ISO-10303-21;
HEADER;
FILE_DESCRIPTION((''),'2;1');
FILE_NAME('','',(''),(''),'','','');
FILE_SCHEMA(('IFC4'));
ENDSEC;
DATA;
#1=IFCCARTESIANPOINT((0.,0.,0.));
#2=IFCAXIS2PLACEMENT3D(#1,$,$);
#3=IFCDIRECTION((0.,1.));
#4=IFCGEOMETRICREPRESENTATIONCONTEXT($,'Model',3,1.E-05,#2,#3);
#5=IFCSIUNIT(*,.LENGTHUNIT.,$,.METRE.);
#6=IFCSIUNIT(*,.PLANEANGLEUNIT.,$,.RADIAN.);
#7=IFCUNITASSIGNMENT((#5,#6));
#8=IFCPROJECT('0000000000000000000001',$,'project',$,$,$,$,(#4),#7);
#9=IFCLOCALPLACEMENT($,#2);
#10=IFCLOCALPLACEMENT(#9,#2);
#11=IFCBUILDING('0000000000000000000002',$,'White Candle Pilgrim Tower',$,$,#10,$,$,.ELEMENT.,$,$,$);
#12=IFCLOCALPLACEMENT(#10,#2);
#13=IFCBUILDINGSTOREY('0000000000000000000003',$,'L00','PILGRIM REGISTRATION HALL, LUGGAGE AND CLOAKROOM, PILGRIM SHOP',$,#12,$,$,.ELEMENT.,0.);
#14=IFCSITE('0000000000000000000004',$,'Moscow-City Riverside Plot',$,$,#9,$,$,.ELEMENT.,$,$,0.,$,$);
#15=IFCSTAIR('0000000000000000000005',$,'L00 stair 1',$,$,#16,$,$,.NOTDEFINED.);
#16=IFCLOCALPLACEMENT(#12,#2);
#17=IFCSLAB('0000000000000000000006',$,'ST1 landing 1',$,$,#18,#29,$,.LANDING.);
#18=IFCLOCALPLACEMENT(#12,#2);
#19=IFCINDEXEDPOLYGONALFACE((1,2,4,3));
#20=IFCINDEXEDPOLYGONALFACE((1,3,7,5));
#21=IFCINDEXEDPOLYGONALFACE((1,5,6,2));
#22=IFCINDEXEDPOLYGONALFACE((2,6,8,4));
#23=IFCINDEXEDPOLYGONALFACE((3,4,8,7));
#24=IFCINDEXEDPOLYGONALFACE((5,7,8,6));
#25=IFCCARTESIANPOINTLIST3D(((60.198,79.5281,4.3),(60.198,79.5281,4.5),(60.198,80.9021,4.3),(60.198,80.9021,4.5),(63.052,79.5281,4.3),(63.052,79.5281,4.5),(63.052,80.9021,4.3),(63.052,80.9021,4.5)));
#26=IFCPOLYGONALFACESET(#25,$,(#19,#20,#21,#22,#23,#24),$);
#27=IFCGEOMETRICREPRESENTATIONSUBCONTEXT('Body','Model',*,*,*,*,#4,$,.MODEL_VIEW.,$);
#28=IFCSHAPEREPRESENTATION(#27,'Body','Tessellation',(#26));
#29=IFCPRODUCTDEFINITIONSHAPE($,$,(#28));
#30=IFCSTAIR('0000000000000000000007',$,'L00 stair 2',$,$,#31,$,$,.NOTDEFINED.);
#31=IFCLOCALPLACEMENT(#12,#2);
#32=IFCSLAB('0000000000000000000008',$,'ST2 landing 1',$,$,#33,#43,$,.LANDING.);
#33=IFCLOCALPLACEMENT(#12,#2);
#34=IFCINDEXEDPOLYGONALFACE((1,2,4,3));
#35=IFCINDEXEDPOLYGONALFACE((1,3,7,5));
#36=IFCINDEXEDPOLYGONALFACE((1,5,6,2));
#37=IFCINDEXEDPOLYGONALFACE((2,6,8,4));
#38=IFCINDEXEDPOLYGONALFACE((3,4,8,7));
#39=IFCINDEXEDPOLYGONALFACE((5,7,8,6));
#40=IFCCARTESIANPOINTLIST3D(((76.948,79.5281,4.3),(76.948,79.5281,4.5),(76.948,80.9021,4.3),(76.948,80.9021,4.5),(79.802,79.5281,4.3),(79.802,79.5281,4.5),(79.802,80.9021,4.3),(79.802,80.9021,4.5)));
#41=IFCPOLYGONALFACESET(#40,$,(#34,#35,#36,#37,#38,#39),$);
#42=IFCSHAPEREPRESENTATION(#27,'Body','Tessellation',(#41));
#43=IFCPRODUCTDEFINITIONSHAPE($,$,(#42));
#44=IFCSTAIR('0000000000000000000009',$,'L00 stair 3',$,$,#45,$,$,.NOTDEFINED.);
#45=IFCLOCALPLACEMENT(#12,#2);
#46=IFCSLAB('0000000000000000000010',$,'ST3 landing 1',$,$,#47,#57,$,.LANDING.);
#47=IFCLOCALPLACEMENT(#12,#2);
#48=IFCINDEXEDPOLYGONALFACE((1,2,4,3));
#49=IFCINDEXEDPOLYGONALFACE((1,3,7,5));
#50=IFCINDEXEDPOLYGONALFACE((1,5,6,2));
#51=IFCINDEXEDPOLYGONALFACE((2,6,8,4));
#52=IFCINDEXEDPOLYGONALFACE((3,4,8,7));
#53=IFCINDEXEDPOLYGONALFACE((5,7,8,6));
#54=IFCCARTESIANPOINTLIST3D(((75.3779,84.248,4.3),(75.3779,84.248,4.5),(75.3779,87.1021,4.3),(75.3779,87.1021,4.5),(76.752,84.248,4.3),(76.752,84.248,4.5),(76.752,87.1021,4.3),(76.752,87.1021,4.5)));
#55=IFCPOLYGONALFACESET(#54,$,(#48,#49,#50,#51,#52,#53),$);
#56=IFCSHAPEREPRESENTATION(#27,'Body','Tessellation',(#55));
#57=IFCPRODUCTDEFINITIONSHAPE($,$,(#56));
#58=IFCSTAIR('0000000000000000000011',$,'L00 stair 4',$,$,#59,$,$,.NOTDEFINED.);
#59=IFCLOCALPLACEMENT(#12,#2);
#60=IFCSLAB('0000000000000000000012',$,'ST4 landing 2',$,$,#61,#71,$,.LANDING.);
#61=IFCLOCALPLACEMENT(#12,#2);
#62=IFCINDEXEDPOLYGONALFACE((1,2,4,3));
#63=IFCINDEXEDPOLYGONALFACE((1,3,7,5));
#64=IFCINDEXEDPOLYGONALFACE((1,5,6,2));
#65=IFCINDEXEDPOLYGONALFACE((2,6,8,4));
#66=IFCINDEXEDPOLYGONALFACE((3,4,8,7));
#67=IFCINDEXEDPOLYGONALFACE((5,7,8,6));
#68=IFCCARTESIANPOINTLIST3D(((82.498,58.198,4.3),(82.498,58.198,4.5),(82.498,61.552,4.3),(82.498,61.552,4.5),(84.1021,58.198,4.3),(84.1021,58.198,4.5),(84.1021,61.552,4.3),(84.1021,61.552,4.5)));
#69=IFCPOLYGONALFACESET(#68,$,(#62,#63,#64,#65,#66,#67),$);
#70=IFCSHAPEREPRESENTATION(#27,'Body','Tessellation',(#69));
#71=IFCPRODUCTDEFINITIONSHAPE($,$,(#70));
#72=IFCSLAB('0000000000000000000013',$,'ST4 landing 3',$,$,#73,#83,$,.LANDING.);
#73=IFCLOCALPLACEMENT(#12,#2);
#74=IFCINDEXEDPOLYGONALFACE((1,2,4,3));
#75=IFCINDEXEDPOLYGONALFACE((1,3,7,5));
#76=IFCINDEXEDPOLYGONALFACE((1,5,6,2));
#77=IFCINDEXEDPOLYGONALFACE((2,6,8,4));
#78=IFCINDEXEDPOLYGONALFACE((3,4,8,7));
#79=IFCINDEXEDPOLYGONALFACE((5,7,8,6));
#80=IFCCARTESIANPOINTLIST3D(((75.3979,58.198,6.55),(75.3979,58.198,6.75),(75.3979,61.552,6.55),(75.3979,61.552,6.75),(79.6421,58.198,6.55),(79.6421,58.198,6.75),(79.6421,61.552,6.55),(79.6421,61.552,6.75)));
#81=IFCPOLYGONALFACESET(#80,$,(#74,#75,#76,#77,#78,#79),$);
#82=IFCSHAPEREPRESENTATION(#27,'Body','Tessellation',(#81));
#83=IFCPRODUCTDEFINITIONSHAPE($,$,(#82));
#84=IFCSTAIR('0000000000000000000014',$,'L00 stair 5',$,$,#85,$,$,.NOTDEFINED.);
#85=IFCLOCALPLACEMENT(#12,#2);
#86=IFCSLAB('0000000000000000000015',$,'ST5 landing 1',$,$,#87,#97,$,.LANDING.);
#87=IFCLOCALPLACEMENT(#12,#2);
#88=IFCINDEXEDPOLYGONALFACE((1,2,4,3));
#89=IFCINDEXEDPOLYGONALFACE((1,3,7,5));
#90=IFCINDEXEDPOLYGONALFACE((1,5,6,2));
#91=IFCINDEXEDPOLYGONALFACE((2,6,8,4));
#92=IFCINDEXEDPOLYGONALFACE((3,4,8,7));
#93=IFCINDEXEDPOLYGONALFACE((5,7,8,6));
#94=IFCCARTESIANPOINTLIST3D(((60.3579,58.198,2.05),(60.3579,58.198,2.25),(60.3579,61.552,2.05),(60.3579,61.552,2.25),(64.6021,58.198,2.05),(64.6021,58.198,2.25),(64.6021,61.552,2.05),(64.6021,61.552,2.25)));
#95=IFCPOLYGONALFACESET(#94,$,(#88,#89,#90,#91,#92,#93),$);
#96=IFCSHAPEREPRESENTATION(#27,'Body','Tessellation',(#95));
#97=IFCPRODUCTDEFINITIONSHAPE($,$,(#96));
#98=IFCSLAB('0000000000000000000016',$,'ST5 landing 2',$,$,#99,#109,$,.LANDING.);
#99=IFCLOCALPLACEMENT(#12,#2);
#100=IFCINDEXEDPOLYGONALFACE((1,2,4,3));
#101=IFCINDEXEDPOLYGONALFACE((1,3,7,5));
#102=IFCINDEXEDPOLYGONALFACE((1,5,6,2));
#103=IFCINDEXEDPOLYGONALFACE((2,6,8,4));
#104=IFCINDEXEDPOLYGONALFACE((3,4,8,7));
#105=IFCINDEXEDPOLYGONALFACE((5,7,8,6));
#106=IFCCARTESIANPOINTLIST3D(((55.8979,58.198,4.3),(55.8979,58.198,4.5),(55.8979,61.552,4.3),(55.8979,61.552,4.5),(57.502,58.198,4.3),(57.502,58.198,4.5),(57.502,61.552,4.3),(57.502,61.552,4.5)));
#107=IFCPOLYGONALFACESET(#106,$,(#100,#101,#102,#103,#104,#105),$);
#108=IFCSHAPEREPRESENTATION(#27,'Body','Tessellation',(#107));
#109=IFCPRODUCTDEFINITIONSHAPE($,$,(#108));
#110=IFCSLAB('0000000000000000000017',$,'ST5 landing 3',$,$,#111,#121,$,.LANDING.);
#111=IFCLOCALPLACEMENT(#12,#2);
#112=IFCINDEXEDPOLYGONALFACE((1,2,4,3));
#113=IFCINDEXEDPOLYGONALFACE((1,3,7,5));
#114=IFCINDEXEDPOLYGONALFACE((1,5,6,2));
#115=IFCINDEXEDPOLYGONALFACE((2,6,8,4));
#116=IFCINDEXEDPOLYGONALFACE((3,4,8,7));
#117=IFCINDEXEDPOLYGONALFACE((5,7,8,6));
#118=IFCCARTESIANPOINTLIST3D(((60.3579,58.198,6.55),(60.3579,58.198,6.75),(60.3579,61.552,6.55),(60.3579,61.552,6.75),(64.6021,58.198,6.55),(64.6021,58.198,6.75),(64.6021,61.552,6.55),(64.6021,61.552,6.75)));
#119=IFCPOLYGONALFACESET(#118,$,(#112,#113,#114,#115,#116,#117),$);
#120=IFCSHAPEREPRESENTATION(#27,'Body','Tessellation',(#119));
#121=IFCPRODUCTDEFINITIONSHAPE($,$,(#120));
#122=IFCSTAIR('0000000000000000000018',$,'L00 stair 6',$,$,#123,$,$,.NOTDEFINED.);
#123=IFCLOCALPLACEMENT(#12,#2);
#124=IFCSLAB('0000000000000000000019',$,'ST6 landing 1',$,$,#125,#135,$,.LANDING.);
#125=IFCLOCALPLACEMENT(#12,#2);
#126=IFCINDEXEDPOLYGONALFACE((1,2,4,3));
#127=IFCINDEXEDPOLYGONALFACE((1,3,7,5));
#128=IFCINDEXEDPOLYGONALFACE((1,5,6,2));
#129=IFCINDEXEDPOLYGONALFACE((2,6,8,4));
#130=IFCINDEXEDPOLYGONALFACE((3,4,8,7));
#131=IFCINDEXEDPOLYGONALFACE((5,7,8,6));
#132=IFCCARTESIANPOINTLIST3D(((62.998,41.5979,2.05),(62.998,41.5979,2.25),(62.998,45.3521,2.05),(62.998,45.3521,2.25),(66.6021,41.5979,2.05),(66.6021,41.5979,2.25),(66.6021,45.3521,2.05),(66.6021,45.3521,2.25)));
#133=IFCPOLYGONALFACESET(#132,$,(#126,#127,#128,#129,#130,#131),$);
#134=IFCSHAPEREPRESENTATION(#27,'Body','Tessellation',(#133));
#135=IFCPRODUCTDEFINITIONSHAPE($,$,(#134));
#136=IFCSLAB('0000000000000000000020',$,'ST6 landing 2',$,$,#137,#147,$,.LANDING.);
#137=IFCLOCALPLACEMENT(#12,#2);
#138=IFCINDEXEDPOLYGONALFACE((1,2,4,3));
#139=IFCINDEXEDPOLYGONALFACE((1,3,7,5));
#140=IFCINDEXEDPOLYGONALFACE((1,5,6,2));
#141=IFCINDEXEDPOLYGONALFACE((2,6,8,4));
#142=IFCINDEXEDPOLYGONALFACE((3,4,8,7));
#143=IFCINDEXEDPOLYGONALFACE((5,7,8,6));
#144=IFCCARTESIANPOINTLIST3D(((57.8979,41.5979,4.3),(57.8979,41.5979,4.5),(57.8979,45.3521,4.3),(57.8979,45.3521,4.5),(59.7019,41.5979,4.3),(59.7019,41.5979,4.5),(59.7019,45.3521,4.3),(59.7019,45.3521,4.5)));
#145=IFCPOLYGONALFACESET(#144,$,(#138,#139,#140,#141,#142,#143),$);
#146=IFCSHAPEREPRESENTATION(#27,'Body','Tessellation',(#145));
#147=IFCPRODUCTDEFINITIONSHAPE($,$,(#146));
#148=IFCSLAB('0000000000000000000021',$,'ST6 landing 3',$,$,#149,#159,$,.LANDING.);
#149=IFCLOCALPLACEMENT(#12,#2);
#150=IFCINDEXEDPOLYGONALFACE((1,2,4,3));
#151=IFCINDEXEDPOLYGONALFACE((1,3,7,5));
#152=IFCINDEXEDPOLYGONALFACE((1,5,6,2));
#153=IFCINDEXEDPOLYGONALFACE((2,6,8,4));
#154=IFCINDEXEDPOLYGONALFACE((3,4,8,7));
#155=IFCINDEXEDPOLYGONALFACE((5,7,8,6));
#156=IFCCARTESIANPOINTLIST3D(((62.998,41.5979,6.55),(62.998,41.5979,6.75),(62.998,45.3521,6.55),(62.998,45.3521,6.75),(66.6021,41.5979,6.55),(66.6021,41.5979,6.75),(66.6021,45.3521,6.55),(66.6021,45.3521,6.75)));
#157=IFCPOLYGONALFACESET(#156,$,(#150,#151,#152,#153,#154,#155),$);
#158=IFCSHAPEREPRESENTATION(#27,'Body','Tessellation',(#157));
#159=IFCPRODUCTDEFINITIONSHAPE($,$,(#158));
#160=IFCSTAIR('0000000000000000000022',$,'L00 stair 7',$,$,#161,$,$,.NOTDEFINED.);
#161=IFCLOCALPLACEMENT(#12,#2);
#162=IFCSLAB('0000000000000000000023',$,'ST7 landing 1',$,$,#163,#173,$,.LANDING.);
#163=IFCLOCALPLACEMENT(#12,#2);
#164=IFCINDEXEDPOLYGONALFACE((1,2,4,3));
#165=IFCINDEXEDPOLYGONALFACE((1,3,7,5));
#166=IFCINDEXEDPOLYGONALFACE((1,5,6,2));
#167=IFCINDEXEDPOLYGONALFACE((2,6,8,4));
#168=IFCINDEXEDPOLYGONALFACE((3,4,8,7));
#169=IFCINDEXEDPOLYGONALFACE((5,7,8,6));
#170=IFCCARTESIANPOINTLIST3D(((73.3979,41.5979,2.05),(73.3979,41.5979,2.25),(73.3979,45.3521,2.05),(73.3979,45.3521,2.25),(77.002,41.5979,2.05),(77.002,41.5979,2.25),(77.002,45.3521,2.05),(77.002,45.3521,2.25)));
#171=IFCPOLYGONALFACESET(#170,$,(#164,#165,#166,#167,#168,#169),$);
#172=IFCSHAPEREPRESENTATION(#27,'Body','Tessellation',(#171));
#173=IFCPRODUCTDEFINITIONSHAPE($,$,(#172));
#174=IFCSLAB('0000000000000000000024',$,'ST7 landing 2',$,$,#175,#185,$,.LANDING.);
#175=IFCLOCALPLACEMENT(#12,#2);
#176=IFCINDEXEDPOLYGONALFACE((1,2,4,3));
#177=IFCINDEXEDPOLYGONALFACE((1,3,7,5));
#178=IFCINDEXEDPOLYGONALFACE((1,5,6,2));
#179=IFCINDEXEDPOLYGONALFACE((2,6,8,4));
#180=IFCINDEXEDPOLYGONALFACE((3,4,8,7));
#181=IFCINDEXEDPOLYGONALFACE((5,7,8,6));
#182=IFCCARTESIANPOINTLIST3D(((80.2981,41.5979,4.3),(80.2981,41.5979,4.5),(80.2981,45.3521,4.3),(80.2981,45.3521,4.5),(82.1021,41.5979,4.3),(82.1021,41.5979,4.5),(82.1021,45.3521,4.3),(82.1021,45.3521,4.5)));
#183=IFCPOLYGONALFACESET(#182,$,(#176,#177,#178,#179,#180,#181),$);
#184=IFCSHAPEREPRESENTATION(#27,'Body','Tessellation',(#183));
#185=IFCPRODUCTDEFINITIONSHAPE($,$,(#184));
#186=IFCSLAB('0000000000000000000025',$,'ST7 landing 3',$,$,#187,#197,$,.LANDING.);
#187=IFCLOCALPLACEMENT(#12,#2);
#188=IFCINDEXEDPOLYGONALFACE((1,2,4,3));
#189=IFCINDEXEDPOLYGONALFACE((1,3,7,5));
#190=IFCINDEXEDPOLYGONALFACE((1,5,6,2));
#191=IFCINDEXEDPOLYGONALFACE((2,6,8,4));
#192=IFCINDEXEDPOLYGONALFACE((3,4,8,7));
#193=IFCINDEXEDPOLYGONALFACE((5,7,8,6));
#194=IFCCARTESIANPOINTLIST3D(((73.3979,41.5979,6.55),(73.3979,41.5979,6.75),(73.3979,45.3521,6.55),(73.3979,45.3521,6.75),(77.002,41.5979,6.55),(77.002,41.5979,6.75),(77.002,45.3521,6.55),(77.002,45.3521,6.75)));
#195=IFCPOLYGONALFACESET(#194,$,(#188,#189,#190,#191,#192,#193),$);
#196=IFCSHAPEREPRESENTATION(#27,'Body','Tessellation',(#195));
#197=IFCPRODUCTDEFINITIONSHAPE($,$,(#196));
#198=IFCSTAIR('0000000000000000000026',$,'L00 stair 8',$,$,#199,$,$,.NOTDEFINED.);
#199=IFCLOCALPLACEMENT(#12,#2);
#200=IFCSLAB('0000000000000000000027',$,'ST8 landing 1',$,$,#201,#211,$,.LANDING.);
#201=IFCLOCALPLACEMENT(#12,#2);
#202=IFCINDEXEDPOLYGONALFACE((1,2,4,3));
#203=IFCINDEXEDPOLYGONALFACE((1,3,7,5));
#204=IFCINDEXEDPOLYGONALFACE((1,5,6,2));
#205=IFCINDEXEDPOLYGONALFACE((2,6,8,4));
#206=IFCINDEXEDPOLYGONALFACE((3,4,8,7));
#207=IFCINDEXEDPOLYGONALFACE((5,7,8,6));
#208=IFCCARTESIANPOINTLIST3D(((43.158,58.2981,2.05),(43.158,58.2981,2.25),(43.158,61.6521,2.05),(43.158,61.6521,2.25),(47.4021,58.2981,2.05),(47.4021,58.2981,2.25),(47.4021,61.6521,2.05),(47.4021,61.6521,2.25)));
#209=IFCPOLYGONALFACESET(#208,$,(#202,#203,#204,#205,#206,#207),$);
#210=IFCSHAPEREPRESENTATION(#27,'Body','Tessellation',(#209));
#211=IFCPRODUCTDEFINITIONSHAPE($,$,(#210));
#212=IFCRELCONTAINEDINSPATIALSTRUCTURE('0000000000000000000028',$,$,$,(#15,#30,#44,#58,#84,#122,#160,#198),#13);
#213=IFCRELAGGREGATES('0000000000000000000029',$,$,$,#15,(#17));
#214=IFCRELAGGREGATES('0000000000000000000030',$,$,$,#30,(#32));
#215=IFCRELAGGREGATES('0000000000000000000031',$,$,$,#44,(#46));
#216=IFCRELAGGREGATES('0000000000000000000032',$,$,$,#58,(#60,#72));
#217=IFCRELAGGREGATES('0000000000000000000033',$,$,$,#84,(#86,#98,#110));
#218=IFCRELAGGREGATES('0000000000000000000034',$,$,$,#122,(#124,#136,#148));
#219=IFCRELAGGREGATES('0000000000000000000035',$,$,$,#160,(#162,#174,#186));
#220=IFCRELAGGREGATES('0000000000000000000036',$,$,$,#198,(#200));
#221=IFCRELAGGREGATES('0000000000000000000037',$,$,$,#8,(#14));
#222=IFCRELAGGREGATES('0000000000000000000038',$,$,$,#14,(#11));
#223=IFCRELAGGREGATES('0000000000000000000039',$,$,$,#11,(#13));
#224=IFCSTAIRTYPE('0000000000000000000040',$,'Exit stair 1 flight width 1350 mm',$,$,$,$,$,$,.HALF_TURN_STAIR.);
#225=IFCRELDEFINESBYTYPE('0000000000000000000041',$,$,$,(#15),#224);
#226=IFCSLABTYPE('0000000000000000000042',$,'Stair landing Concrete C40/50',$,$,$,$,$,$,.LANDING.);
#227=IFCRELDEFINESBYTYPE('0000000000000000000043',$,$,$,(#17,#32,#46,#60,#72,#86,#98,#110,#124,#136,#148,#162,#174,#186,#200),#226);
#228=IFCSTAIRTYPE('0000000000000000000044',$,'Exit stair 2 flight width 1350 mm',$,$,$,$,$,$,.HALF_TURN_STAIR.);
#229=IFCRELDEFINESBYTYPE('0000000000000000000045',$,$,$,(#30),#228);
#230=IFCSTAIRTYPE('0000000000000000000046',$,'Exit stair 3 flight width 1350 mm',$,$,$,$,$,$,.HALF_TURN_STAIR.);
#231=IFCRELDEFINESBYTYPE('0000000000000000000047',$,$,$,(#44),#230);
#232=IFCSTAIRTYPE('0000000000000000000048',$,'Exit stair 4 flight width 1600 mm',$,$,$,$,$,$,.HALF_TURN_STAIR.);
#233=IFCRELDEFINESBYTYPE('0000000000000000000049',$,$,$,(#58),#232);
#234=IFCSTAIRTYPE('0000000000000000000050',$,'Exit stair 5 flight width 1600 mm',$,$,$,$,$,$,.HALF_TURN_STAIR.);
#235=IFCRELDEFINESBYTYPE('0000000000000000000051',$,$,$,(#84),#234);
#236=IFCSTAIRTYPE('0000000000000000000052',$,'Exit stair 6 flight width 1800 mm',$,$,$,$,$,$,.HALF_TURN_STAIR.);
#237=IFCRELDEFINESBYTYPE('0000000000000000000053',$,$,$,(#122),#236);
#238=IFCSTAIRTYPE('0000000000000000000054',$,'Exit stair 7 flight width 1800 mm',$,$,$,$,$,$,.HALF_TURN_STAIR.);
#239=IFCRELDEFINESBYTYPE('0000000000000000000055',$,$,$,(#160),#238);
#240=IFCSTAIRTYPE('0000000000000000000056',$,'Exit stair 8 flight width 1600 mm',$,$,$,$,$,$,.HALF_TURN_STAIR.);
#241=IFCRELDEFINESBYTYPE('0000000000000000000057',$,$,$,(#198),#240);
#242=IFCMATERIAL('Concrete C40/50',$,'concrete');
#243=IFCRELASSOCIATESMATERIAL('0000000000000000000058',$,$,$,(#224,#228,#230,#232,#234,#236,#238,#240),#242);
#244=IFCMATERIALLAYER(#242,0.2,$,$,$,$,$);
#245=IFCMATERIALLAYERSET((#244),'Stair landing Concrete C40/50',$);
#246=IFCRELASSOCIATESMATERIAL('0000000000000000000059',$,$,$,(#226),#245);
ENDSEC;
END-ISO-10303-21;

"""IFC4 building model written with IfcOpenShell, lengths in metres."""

from ifc_helpers import new_model, si_unit, direction, frame, origin, place, context, subcontext, project, spatial, polyline, outline, extrude, material, layer, layer_set, type_object, element, aggregate, save


model = new_model("IFC4")

# Units and contexts
model_context = context("Model", 3, precision=1e-05, world=origin(), true_north=direction((0.0, 1.0)))
body_context = subcontext(model_context, "Body", "Model", "MODEL_VIEW")
ifc_project = project(units=[si_unit("LENGTHUNIT", "METRE"), si_unit("PLANEANGLEUNIT", "RADIAN")], contexts=[model_context])

# Site, building, storey
site_placement = place(None, origin())
site = spatial("IfcSite", under=ifc_project, at=site_placement, Name="Moscow-City Riverside Plot", CompositionType="ELEMENT", RefElevation=0.0)
building_placement = place(site_placement, origin())
building = spatial("IfcBuilding", under=site, at=building_placement, Name="White Candle Pilgrim Tower", CompositionType="ELEMENT")
storey_placement = place(building_placement, origin())
storey = spatial("IfcBuildingStorey", under=building, at=storey_placement, Name="L00", Description="PILGRIM REGISTRATION HALL, LUGGAGE AND CLOAKROOM, PILGRIM SHOP", CompositionType="ELEMENT", Elevation=0.0)

# Stairs, slabs
ifc_material = material(Name="Concrete C40/50", Category="concrete")
stair_type_1 = type_object("IfcStairType", Name="Exit stair 1 flight width 1350 mm", PredefinedType="HALF_TURN_STAIR", material=ifc_material)
stair_1_placement = place(storey_placement, origin())
stair_1 = element("IfcStair", 1, at=stair_1_placement, inside=storey, type_object=stair_type_1, Name="L00 stair 1", PredefinedType="NOTDEFINED")
ifc_layer = layer(ifc_material, 0.2)
ifc_layer_set = layer_set([ifc_layer], Name="Stair landing Concrete C40/50")
slab_type = type_object("IfcSlabType", Name="Stair landing Concrete C40/50", PredefinedType="LANDING", material=ifc_layer_set)
slab_1_placement = place(storey_placement, frame((0.0, 0.0, 4.3)))
slab_1 = element("IfcSlab", 2, at=slab_1_placement, type_object=slab_type, Name="ST1 landing 1", PredefinedType="LANDING", context=body_context, shape_type="SweptSolid", body=[
    extrude(outline(polyline([(63.052, 79.5281), (60.198, 79.5281), (60.198, 80.9021), (63.052, 80.9021), (63.052, 79.5281)])), origin(), (0.0, 0.0, 1.0), 0.2),
])
aggregate(stair_1, [slab_1])
stair_type_2 = type_object("IfcStairType", Name="Exit stair 2 flight width 1350 mm", PredefinedType="HALF_TURN_STAIR", material=ifc_material)
stair_2_placement = place(storey_placement, origin())
stair_2 = element("IfcStair", 3, at=stair_2_placement, inside=storey, type_object=stair_type_2, Name="L00 stair 2", PredefinedType="NOTDEFINED")
slab_2_placement = place(storey_placement, frame((0.0, 0.0, 4.3)))
slab_2 = element("IfcSlab", 4, at=slab_2_placement, type_object=slab_type, Name="ST2 landing 1", PredefinedType="LANDING", context=body_context, shape_type="SweptSolid", body=[
    extrude(outline(polyline([(79.802, 79.5281), (76.948, 79.5281), (76.948, 80.9021), (79.802, 80.9021), (79.802, 79.5281)])), origin(), (0.0, 0.0, 1.0), 0.2),
])
aggregate(stair_2, [slab_2])
stair_type_3 = type_object("IfcStairType", Name="Exit stair 3 flight width 1350 mm", PredefinedType="HALF_TURN_STAIR", material=ifc_material)
stair_3_placement = place(storey_placement, origin())
stair_3 = element("IfcStair", 5, at=stair_3_placement, inside=storey, type_object=stair_type_3, Name="L00 stair 3", PredefinedType="NOTDEFINED")
slab_3_placement = place(storey_placement, frame((0.0, 0.0, 4.3)))
slab_3 = element("IfcSlab", 6, at=slab_3_placement, type_object=slab_type, Name="ST3 landing 1", PredefinedType="LANDING", context=body_context, shape_type="SweptSolid", body=[
    extrude(outline(polyline([(75.3779, 84.248), (75.3779, 87.1021), (76.752, 87.1021), (76.752, 84.248), (75.3779, 84.248)])), origin(), (0.0, 0.0, 1.0), 0.2),
])
aggregate(stair_3, [slab_3])

# Stairs, slabs
stair_type_4 = type_object("IfcStairType", Name="Exit stair 4 flight width 1600 mm", PredefinedType="HALF_TURN_STAIR", material=ifc_material)
stair_4_placement = place(storey_placement, origin())
stair_4 = element("IfcStair", 7, at=stair_4_placement, inside=storey, type_object=stair_type_4, Name="L00 stair 4", PredefinedType="NOTDEFINED")
slab_4_placement = place(storey_placement, frame((0.0, 0.0, 4.3)))
slab_4 = element("IfcSlab", 8, at=slab_4_placement, type_object=slab_type, Name="ST4 landing 2", PredefinedType="LANDING", context=body_context, shape_type="SweptSolid", body=[
    extrude(outline(polyline([(84.1021, 61.552), (84.1021, 58.198), (82.498, 58.198), (82.498, 61.552), (84.1021, 61.552)])), origin(), (0.0, 0.0, 1.0), 0.2),
])
slab_5_placement = place(storey_placement, frame((0.0, 0.0, 6.55)))
slab_5 = element("IfcSlab", 9, at=slab_5_placement, type_object=slab_type, Name="ST4 landing 3", PredefinedType="LANDING", context=body_context, shape_type="SweptSolid", body=[
    extrude(outline(polyline([(79.6421, 61.552), (79.6421, 58.198), (75.3979, 58.198), (75.3979, 61.552), (79.6421, 61.552)])), origin(), (0.0, 0.0, 1.0), 0.2),
])
aggregate(stair_4, [slab_4, slab_5])
stair_type_5 = type_object("IfcStairType", Name="Exit stair 5 flight width 1600 mm", PredefinedType="HALF_TURN_STAIR", material=ifc_material)
stair_5_placement = place(storey_placement, origin())
stair_5 = element("IfcStair", 10, at=stair_5_placement, inside=storey, type_object=stair_type_5, Name="L00 stair 5", PredefinedType="NOTDEFINED")
slab_6_placement = place(storey_placement, frame((0.0, 0.0, 2.05)))
slab_6 = element("IfcSlab", 11, at=slab_6_placement, type_object=slab_type, Name="ST5 landing 1", PredefinedType="LANDING", context=body_context, shape_type="SweptSolid", body=[
    extrude(outline(polyline([(60.3579, 58.198), (60.3579, 61.552), (64.6021, 61.552), (64.6021, 58.198), (60.3579, 58.198)])), origin(), (0.0, 0.0, 1.0), 0.2),
])
slab_7_placement = place(storey_placement, frame((0.0, 0.0, 4.3)))
slab_7 = element("IfcSlab", 12, at=slab_7_placement, type_object=slab_type, Name="ST5 landing 2", PredefinedType="LANDING", context=body_context, shape_type="SweptSolid", body=[
    extrude(outline(polyline([(55.8979, 58.198), (55.8979, 61.552), (57.502, 61.552), (57.502, 58.198), (55.8979, 58.198)])), origin(), (0.0, 0.0, 1.0), 0.2),
])
slab_8_placement = place(storey_placement, frame((0.0, 0.0, 6.55)))
slab_8 = element("IfcSlab", 13, at=slab_8_placement, type_object=slab_type, Name="ST5 landing 3", PredefinedType="LANDING", context=body_context, shape_type="SweptSolid", body=[
    extrude(outline(polyline([(60.3579, 58.198), (60.3579, 61.552), (64.6021, 61.552), (64.6021, 58.198), (60.3579, 58.198)])), origin(), (0.0, 0.0, 1.0), 0.2),
])
aggregate(stair_5, [slab_6, slab_7, slab_8])
stair_type_6 = type_object("IfcStairType", Name="Exit stair 6 flight width 1800 mm", PredefinedType="HALF_TURN_STAIR", material=ifc_material)
stair_6_placement = place(storey_placement, origin())
stair_6 = element("IfcStair", 14, at=stair_6_placement, inside=storey, type_object=stair_type_6, Name="L00 stair 6", PredefinedType="NOTDEFINED")
slab_9_placement = place(storey_placement, frame((0.0, 0.0, 2.05)))
slab_9 = element("IfcSlab", 15, at=slab_9_placement, type_object=slab_type, Name="ST6 landing 1", PredefinedType="LANDING", context=body_context, shape_type="SweptSolid", body=[
    extrude(outline(polyline([(62.998, 41.5979), (62.998, 45.3521), (66.6021, 45.3521), (66.6021, 41.5979), (62.998, 41.5979)])), origin(), (0.0, 0.0, 1.0), 0.2),
])
slab_10_placement = place(storey_placement, frame((0.0, 0.0, 4.3)))
slab_10 = element("IfcSlab", 16, at=slab_10_placement, type_object=slab_type, Name="ST6 landing 2", PredefinedType="LANDING", context=body_context, shape_type="SweptSolid", body=[
    extrude(outline(polyline([(57.8979, 41.5979), (57.8979, 45.3521), (59.7019, 45.3521), (59.7019, 41.5979), (57.8979, 41.5979)])), origin(), (0.0, 0.0, 1.0), 0.2),
])
slab_11_placement = place(storey_placement, frame((0.0, 0.0, 6.55)))
slab_11 = element("IfcSlab", 17, at=slab_11_placement, type_object=slab_type, Name="ST6 landing 3", PredefinedType="LANDING", context=body_context, shape_type="SweptSolid", body=[
    extrude(outline(polyline([(62.998, 41.5979), (62.998, 45.3521), (66.6021, 45.3521), (66.6021, 41.5979), (62.998, 41.5979)])), origin(), (0.0, 0.0, 1.0), 0.2),
])
aggregate(stair_6, [slab_9, slab_10, slab_11])
stair_type_7 = type_object("IfcStairType", Name="Exit stair 7 flight width 1800 mm", PredefinedType="HALF_TURN_STAIR", material=ifc_material)
stair_7_placement = place(storey_placement, origin())
stair_7 = element("IfcStair", 18, at=stair_7_placement, inside=storey, type_object=stair_type_7, Name="L00 stair 7", PredefinedType="NOTDEFINED")
slab_12_placement = place(storey_placement, frame((0.0, 0.0, 2.05)))
slab_12 = element("IfcSlab", 19, at=slab_12_placement, type_object=slab_type, Name="ST7 landing 1", PredefinedType="LANDING", context=body_context, shape_type="SweptSolid", body=[
    extrude(outline(polyline([(77.002, 45.3521), (77.002, 41.5979), (73.3979, 41.5979), (73.3979, 45.3521), (77.002, 45.3521)])), origin(), (0.0, 0.0, 1.0), 0.2),
])
slab_13_placement = place(storey_placement, frame((0.0, 0.0, 4.3)))
slab_13 = element("IfcSlab", 20, at=slab_13_placement, type_object=slab_type, Name="ST7 landing 2", PredefinedType="LANDING", context=body_context, shape_type="SweptSolid", body=[
    extrude(outline(polyline([(82.1021, 45.3521), (82.1021, 41.5979), (80.2981, 41.5979), (80.2981, 45.3521), (82.1021, 45.3521)])), origin(), (0.0, 0.0, 1.0), 0.2),
])
slab_14_placement = place(storey_placement, frame((0.0, 0.0, 6.55)))
slab_14 = element("IfcSlab", 21, at=slab_14_placement, type_object=slab_type, Name="ST7 landing 3", PredefinedType="LANDING", context=body_context, shape_type="SweptSolid", body=[
    extrude(outline(polyline([(77.002, 45.3521), (77.002, 41.5979), (73.3979, 41.5979), (73.3979, 45.3521), (77.002, 45.3521)])), origin(), (0.0, 0.0, 1.0), 0.2),
])
aggregate(stair_7, [slab_12, slab_13, slab_14])
stair_type_8 = type_object("IfcStairType", Name="Exit stair 8 flight width 1600 mm", PredefinedType="HALF_TURN_STAIR", material=ifc_material)
stair_8_placement = place(storey_placement, origin())
stair_8 = element("IfcStair", 22, at=stair_8_placement, inside=storey, type_object=stair_type_8, Name="L00 stair 8", PredefinedType="NOTDEFINED")
slab_15_placement = place(storey_placement, frame((0.0, 0.0, 2.05)))
slab_15 = element("IfcSlab", 23, at=slab_15_placement, type_object=slab_type, Name="ST8 landing 1", PredefinedType="LANDING", context=body_context, shape_type="SweptSolid", body=[
    extrude(outline(polyline([(43.158, 58.2981), (43.158, 61.6521), (47.4021, 61.6521), (47.4021, 58.2981), (43.158, 58.2981)])), origin(), (0.0, 0.0, 1.0), 0.2),
])
aggregate(stair_8, [slab_15])

save(model, "model.ifc")
